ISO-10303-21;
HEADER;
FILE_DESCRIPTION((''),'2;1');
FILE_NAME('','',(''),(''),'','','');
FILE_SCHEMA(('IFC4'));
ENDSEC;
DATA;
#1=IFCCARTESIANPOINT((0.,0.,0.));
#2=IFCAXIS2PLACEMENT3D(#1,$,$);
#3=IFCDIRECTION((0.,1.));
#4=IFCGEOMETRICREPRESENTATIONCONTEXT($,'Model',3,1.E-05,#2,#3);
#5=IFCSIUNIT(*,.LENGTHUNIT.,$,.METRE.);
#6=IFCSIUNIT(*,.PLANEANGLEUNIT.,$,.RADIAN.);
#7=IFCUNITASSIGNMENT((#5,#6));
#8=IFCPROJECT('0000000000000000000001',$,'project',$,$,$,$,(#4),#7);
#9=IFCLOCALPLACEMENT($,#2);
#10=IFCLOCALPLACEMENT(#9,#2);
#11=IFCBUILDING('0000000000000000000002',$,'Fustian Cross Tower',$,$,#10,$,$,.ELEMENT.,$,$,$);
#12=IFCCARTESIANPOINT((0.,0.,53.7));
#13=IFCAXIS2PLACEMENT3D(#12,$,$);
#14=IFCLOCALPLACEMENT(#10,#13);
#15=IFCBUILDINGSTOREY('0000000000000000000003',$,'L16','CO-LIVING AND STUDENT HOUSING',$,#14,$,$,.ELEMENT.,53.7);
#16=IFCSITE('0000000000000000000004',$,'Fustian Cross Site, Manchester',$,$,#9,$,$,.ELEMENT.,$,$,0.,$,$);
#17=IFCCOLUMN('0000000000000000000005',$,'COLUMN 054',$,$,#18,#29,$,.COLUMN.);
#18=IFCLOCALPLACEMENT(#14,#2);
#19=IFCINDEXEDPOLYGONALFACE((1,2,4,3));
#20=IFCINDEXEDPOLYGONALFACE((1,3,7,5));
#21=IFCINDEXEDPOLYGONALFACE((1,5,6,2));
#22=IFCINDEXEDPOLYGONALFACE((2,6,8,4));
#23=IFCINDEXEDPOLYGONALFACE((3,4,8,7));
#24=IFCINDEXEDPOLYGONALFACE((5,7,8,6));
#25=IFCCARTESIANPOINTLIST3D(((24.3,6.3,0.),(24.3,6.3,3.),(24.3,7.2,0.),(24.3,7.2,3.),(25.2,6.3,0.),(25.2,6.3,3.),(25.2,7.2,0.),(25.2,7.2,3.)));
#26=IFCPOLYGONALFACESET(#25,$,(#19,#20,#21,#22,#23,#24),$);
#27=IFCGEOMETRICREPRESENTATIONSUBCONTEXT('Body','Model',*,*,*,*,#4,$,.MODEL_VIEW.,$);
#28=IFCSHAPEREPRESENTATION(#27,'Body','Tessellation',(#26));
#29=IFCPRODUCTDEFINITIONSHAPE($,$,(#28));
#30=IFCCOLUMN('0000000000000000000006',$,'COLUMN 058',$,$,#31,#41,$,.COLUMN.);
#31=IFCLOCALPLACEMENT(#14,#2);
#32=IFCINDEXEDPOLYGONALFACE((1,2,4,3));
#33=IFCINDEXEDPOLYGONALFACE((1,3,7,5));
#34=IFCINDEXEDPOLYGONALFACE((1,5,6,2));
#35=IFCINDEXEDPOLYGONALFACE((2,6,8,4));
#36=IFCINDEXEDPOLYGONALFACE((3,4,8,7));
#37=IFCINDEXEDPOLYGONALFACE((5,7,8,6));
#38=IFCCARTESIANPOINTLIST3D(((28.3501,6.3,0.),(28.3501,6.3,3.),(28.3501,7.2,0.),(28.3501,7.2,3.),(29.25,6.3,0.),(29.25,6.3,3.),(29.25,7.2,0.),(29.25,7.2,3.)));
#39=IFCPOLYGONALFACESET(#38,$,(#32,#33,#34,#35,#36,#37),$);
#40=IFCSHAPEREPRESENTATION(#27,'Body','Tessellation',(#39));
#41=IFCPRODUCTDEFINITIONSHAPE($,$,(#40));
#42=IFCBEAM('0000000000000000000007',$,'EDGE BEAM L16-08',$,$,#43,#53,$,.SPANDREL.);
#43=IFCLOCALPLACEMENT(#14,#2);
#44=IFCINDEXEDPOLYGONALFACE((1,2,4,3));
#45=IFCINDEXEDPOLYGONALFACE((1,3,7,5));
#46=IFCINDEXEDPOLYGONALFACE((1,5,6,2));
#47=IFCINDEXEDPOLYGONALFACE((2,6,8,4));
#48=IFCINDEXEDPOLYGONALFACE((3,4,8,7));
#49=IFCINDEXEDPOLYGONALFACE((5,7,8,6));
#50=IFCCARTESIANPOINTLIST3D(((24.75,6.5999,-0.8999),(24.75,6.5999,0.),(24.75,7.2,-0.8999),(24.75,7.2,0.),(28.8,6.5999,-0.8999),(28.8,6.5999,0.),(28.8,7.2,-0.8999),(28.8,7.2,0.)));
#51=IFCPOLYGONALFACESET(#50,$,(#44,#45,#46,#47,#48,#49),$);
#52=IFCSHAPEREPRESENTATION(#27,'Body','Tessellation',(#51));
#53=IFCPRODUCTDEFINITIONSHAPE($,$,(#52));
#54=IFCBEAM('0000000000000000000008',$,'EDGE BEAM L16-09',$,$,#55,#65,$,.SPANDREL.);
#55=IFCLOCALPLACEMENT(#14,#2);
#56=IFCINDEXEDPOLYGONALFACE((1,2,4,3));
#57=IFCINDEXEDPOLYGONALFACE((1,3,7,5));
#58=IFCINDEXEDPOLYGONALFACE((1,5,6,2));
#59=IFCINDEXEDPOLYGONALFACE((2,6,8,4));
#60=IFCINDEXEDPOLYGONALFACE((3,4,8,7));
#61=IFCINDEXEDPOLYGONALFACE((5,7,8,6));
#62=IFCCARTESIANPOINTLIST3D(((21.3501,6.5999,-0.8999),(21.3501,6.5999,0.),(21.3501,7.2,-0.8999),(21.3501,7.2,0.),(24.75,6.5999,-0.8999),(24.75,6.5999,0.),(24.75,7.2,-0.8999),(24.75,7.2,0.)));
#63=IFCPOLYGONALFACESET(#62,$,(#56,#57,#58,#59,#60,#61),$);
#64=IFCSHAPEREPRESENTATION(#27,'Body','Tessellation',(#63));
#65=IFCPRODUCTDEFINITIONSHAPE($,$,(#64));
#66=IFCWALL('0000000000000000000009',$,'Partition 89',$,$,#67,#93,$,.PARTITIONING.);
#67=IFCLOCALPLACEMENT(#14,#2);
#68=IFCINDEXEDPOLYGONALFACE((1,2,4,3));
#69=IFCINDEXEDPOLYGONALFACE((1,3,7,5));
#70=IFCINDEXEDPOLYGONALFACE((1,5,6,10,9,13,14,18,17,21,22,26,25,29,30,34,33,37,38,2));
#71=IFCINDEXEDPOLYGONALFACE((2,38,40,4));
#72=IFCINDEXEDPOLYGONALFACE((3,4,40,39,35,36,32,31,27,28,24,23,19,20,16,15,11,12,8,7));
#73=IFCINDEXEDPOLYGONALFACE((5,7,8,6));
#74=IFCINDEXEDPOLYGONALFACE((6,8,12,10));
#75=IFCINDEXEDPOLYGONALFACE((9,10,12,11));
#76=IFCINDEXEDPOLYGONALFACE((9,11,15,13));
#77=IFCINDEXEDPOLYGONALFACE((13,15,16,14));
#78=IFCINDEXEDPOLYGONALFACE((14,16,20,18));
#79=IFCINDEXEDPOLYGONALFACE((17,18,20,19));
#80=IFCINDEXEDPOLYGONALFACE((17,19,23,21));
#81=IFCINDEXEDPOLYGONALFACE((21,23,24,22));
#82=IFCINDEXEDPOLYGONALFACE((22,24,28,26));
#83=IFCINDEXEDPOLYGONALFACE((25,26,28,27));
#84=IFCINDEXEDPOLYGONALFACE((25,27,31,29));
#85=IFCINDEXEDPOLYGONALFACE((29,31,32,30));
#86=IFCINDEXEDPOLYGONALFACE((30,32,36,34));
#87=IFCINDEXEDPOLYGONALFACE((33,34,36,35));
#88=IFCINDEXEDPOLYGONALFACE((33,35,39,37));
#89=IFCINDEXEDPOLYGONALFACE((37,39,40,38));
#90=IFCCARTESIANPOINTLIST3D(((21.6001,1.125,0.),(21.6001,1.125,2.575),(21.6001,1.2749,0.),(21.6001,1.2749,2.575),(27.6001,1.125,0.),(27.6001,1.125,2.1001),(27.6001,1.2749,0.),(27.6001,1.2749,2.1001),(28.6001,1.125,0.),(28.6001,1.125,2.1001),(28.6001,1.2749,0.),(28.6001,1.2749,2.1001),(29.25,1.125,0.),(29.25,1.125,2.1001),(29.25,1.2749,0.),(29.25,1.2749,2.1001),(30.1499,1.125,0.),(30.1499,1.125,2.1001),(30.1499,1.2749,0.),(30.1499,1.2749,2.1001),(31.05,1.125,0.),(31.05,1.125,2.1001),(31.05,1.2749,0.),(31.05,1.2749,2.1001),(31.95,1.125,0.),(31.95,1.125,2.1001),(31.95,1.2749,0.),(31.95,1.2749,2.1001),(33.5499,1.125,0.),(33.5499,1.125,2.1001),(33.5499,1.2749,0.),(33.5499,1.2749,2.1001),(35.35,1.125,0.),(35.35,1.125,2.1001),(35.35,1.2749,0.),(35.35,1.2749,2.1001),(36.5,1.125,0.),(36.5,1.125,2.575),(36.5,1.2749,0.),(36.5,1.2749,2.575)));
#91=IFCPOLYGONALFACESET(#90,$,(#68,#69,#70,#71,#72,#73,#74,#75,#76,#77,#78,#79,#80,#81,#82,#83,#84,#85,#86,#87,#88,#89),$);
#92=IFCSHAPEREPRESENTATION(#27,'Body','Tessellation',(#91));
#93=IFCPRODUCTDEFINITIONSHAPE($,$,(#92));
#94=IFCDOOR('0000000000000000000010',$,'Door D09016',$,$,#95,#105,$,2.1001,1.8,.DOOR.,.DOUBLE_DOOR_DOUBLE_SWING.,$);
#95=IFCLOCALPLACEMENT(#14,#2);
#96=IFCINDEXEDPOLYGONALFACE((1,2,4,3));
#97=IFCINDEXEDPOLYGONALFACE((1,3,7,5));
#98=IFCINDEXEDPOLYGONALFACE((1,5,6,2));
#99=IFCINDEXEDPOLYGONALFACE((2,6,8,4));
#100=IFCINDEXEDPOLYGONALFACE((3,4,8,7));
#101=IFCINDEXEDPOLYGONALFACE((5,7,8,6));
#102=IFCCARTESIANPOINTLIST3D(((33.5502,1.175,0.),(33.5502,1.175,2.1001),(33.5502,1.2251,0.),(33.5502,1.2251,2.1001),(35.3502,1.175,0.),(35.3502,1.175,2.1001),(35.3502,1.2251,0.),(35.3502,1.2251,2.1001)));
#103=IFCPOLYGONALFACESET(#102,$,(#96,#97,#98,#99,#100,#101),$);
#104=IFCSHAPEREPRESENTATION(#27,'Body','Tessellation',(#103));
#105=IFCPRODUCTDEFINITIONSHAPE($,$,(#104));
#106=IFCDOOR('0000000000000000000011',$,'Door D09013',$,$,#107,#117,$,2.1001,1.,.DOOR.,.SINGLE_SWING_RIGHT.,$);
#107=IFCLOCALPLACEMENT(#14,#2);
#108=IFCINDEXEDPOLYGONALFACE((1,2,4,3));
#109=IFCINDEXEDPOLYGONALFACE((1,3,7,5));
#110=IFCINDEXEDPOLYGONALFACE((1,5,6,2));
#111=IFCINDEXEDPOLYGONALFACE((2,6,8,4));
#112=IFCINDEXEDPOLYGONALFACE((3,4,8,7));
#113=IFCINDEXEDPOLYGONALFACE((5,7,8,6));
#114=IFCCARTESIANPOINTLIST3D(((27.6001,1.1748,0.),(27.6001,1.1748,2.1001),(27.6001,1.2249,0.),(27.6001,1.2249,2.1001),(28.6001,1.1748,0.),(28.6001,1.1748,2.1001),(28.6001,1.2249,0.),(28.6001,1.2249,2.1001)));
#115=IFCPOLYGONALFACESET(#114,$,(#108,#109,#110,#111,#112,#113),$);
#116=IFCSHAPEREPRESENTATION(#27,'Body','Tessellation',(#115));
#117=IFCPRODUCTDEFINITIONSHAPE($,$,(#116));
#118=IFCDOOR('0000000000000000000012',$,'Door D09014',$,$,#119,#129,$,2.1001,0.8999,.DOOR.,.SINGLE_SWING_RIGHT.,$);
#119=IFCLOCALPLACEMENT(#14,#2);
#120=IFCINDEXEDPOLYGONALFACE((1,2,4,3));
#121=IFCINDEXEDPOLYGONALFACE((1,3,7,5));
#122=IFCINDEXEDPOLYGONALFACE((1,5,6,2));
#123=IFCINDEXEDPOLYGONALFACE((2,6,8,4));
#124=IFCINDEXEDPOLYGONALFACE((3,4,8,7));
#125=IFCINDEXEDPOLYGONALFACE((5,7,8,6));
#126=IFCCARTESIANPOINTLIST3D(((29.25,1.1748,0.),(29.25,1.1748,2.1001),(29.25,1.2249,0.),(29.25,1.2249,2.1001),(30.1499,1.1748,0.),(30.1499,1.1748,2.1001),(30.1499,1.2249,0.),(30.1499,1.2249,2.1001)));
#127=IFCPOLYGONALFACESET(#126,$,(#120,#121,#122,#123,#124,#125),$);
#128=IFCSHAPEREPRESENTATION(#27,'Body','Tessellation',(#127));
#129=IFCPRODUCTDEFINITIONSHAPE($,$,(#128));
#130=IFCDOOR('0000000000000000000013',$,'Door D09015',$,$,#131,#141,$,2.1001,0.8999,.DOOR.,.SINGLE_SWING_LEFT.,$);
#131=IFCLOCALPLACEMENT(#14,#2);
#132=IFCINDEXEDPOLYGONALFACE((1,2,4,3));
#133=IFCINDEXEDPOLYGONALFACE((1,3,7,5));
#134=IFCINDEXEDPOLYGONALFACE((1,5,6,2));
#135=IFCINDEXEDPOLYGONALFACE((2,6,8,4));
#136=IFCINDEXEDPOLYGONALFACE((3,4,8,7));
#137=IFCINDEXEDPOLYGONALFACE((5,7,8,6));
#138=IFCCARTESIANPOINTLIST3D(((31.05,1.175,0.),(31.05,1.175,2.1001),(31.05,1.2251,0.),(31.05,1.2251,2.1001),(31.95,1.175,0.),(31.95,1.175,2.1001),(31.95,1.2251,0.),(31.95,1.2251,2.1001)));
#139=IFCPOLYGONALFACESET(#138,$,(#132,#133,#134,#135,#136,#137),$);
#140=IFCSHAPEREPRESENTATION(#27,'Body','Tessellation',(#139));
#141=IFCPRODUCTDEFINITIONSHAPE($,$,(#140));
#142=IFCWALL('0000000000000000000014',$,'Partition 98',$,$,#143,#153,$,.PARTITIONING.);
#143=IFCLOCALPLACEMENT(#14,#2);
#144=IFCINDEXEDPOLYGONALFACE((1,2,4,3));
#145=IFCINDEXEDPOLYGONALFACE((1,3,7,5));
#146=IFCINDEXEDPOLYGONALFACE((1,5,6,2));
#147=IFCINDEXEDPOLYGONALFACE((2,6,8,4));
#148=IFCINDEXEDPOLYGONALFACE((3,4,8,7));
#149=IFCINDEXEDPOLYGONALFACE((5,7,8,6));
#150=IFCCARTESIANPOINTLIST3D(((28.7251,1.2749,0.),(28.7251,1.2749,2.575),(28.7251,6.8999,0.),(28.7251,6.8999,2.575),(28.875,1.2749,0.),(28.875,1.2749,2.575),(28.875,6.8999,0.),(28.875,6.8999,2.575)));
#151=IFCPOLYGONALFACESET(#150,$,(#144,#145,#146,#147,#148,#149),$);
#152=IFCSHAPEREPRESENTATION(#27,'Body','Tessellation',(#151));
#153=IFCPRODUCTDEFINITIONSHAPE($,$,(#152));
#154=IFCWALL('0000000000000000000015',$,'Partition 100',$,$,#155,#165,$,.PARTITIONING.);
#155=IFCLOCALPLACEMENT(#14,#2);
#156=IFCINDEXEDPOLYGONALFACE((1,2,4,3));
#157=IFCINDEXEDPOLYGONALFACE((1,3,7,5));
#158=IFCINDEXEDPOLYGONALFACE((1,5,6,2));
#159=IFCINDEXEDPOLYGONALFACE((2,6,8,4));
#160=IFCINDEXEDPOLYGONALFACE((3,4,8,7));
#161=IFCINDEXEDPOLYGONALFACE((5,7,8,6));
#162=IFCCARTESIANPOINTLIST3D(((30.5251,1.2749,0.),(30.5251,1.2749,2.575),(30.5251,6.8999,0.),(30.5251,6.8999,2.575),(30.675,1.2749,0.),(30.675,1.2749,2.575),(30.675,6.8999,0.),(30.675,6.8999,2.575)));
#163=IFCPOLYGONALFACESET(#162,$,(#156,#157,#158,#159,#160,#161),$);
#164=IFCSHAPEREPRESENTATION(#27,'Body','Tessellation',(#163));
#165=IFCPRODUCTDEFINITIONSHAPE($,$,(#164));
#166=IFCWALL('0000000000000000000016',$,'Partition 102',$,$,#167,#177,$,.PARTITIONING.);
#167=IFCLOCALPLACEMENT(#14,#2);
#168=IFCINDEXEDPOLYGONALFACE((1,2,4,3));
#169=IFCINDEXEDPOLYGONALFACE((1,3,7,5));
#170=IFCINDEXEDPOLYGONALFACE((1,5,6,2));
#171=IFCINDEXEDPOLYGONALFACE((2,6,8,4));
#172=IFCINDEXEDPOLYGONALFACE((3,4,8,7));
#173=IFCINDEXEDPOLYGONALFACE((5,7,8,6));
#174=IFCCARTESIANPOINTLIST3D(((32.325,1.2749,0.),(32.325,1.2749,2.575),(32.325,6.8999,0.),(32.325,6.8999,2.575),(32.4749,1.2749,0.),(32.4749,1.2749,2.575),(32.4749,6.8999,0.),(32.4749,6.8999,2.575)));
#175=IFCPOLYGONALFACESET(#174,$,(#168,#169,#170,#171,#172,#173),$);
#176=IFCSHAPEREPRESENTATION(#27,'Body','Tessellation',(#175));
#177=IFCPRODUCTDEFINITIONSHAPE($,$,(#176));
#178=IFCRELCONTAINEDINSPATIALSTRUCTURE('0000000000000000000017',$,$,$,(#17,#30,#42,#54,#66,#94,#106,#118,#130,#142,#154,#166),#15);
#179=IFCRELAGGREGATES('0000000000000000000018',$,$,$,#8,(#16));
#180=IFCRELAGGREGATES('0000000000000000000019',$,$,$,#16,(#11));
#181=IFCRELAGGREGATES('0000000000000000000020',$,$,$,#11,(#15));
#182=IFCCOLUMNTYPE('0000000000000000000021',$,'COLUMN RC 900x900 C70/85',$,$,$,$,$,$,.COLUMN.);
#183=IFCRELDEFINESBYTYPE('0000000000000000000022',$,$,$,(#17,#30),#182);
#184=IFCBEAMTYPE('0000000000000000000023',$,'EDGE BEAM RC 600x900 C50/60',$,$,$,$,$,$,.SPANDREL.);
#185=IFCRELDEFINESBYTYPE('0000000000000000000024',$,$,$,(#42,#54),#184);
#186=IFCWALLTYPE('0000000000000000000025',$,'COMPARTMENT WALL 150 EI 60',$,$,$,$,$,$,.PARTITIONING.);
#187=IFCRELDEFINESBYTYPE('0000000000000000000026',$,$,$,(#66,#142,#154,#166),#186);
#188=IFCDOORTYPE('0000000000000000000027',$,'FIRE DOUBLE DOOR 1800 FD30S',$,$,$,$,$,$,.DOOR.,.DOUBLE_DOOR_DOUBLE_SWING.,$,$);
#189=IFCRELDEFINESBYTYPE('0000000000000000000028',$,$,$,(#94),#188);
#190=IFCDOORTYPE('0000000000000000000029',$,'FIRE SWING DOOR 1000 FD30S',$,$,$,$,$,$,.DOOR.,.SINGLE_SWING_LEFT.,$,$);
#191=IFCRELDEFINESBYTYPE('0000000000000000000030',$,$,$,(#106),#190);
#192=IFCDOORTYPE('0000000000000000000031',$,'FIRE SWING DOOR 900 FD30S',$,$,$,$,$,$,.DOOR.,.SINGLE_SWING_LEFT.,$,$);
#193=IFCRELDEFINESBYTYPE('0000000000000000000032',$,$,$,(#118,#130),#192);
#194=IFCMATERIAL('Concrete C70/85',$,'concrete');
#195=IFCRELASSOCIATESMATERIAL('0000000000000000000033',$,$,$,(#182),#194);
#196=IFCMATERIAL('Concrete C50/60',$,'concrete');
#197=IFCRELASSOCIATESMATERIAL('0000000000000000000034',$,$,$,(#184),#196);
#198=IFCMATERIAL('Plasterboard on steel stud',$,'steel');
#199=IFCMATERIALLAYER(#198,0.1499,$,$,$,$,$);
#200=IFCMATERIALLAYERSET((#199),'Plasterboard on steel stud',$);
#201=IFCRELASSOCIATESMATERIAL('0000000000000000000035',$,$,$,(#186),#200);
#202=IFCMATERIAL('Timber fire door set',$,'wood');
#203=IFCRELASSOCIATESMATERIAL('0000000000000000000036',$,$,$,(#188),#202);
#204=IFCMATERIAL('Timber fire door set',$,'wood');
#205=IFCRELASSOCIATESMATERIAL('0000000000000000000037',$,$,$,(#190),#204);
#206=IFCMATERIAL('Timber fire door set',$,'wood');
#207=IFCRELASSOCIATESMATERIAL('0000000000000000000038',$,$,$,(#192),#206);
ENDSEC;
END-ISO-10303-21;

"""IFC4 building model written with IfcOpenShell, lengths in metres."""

from ifc_helpers import new_model, si_unit, direction, frame, frame_2d, origin, origin_2d, place, context, subcontext, project, spatial, rectangle, extrude, material, layer, layer_set, material_profile, profile_set, type_object, element, fill, save


model = new_model("IFC4")

# Units and contexts
model_context = context("Model", 3, precision=1e-05, world=origin(), true_north=direction((0.0, 1.0)))
body_context = subcontext(model_context, "Body", "Model", "MODEL_VIEW")
ifc_project = project(units=[si_unit("LENGTHUNIT", "METRE"), si_unit("PLANEANGLEUNIT", "RADIAN")], contexts=[model_context])

# Site, building, storey
site_placement = place(None, origin())
site = spatial("IfcSite", under=ifc_project, at=site_placement, Name="Fustian Cross Site, Manchester", CompositionType="ELEMENT", RefElevation=0.0)
building_placement = place(site_placement, origin())
building = spatial("IfcBuilding", under=site, at=building_placement, Name="Fustian Cross Tower", CompositionType="ELEMENT")
storey_placement = place(building_placement, frame((0.0, 0.0, 53.7)))
storey = spatial("IfcBuildingStorey", under=building, at=storey_placement, Name="L16", Description="CO-LIVING AND STUDENT HOUSING", CompositionType="ELEMENT", Elevation=53.7)

# Columns
ifc_material_1 = material(Name="Concrete C70/85", Category="concrete")
ifc_material_profile_1 = material_profile(ifc_material_1, rectangle(XDim=0.8999, YDim=0.8999, at=origin_2d()), Name="RC 900x900")
ifc_profile_set_1 = profile_set([ifc_material_profile_1], Name="Concrete C70/85")
column_type = type_object("IfcColumnType", Name="COLUMN RC 900x900 C70/85", PredefinedType="COLUMN", material=ifc_profile_set_1)
for number, where, z_axis, x_axis, name in (
    (1, (24.75, 6.75, 0.0), (0.0, 0.0, 1.0), (1.0, 0.0, 0.0), "COLUMN 054"),
    (2, (28.8, 6.75, 0.0), (0.0, 0.0, 1.0), (1.0, 0.0, 0.0), "COLUMN 058"),
):
    element("IfcColumn", number, at=place(storey_placement, frame(where, z_axis=z_axis, x_axis=x_axis)), inside=storey, type_object=column_type, Name=name, PredefinedType="COLUMN", context=body_context, shape_type="SweptSolid", body=[
        extrude(rectangle(XDim=0.8999, YDim=0.8999, at=origin_2d()), origin(), (0.0, 0.0, 1.0), 3.0),
    ])

# Beams
ifc_material_2 = material(Name="Concrete C50/60", Category="concrete")
ifc_material_profile_2 = material_profile(ifc_material_2, rectangle(XDim=0.6001, YDim=0.8999, at=origin_2d()), Name="RC 600x900")
ifc_profile_set_2 = profile_set([ifc_material_profile_2], Name="Concrete C50/60")
beam_type = type_object("IfcBeamType", Name="EDGE BEAM RC 600x900 C50/60", PredefinedType="SPANDREL", material=ifc_profile_set_2)
beam_1_placement = place(storey_placement, frame((28.8, 6.8999, -0.45), z_axis=(-1.0, 0.0, 0.0), x_axis=(0.0, -1.0, 0.0)))
element("IfcBeam", 3, at=beam_1_placement, inside=storey, type_object=beam_type, Name="EDGE BEAM L16-08", PredefinedType="SPANDREL", context=body_context, shape_type="SweptSolid", body=[
    extrude(rectangle(XDim=0.6001, YDim=0.8999, at=origin_2d()), origin(), (0.0, 0.0, 1.0), 4.05),
])
beam_2_placement = place(storey_placement, frame((24.75, 6.8999, -0.45), z_axis=(-1.0, 0.0, 0.0), x_axis=(0.0, -1.0, 0.0)))
element("IfcBeam", 4, at=beam_2_placement, inside=storey, type_object=beam_type, Name="EDGE BEAM L16-09", PredefinedType="SPANDREL", context=body_context, shape_type="SweptSolid", body=[
    extrude(rectangle(XDim=0.6001, YDim=0.8999, at=origin_2d()), origin(), (0.0, 0.0, 1.0), 3.3999),
])

# Wall, openings, doors
ifc_material_3 = material(Name="Plasterboard on steel stud", Category="steel")
ifc_layer_1 = layer(ifc_material_3, 0.1499)
ifc_layer_set_1 = layer_set([ifc_layer_1], Name="Plasterboard on steel stud")
wall_type_1 = type_object("IfcWallType", Name="COMPARTMENT WALL 150 EI 60", PredefinedType="PARTITIONING", material=ifc_layer_set_1)
wall_1_placement = place(storey_placement, frame((21.6001, 1.2, 0.0), z_axis=(0.0, 0.0, 1.0), x_axis=(1.0, 0.0, 0.0)))
wall_1 = element("IfcWall", 5, at=wall_1_placement, inside=storey, type_object=wall_type_1, Name="Partition 89", PredefinedType="PARTITIONING", context=body_context, shape_type="SweptSolid", body=[
    extrude(rectangle(XDim=14.8999, YDim=0.1499, at=frame_2d((7.45, 0.0))), origin(), (0.0, 0.0, 1.0), 2.575),
])
opening_1_placement = place(wall_1_placement, frame((6.0, 0.0, 0.0)))
opening_1 = element("IfcOpeningElement", 6, at=opening_1_placement, cuts=wall_1, PredefinedType="OPENING", context=body_context, shape_type="SweptSolid", body=[
    extrude(rectangle(XDim=1.0, YDim=2.1001, at=frame_2d((0.5, 1.05))), frame((0.0, 0.085, 0.0), z_axis=(0.0, -1.0, 0.0), x_axis=(1.0, 0.0, 0.0)), (0.0, 0.0, 1.0), 0.1699),
])
opening_2_placement = place(wall_1_placement, frame((7.6499, 0.0, 0.0)))
opening_2 = element("IfcOpeningElement", 7, at=opening_2_placement, cuts=wall_1, PredefinedType="OPENING", context=body_context, shape_type="SweptSolid", body=[
    extrude(rectangle(XDim=0.8999, YDim=2.1001, at=frame_2d((0.45, 1.05))), frame((0.0, 0.085, 0.0), z_axis=(0.0, -1.0, 0.0), x_axis=(1.0, 0.0, 0.0)), (0.0, 0.0, 1.0), 0.1699),
])
opening_3_placement = place(wall_1_placement, frame((9.45, 0.0, 0.0)))
opening_3 = element("IfcOpeningElement", 8, at=opening_3_placement, cuts=wall_1, PredefinedType="OPENING", context=body_context, shape_type="SweptSolid", body=[
    extrude(rectangle(XDim=0.8999, YDim=2.1001, at=frame_2d((0.45, 1.05))), frame((0.0, 0.085, 0.0), z_axis=(0.0, -1.0, 0.0), x_axis=(1.0, 0.0, 0.0)), (0.0, 0.0, 1.0), 0.1699),
])
opening_4_placement = place(wall_1_placement, frame((11.95, 0.0, 0.0)))
opening_4 = element("IfcOpeningElement", 9, at=opening_4_placement, cuts=wall_1, PredefinedType="OPENING", context=body_context, shape_type="SweptSolid", body=[
    extrude(rectangle(XDim=1.8, YDim=2.1001, at=frame_2d((0.8999, 1.05))), frame((0.0, 0.085, 0.0), z_axis=(0.0, -1.0, 0.0), x_axis=(1.0, 0.0, 0.0)), (0.0, 0.0, 1.0), 0.1699),
])
ifc_material_4 = material(Name="Timber fire door set", Category="wood")
door_type_1 = type_object("IfcDoorType", Name="FIRE DOUBLE DOOR 1800 FD30S", OperationType="DOUBLE_DOOR_DOUBLE_SWING", PredefinedType="DOOR", material=ifc_material_4)
door_1_placement = place(opening_4_placement, frame((1.8, 0.0, 0.0), z_axis=(0.0, 0.0, 1.0), x_axis=(-1.0, 0.0, 0.0)))
door_1 = element("IfcDoor", 10, at=door_1_placement, inside=storey, type_object=door_type_1, Name="Door D09016", OperationType="DOUBLE_DOOR_DOUBLE_SWING", OverallHeight=2.1001, OverallWidth=1.8, PredefinedType="DOOR", context=body_context, shape_type="SweptSolid", body=[
    extrude(rectangle(XDim=1.8, YDim=2.1001, at=frame_2d((0.8999, 1.05))), frame((0.0, 0.0249, 0.0), z_axis=(0.0, -1.0, 0.0), x_axis=(1.0, 0.0, 0.0)), (0.0, 0.0, 1.0), 0.05),
])
fill(opening_4, door_1)
ifc_material_5 = material(Name="Timber fire door set", Category="wood")
door_type_2 = type_object("IfcDoorType", Name="FIRE SWING DOOR 1000 FD30S", OperationType="SINGLE_SWING_LEFT", PredefinedType="DOOR", material=ifc_material_5)
door_2_placement = place(opening_1_placement, origin())
door_2 = element("IfcDoor", 11, at=door_2_placement, inside=storey, type_object=door_type_2, Name="Door D09013", OperationType="SINGLE_SWING_RIGHT", OverallHeight=2.1001, OverallWidth=1.0, PredefinedType="DOOR", context=body_context, shape_type="SweptSolid", body=[
    extrude(rectangle(XDim=1.0, YDim=2.1001, at=frame_2d((0.5, 1.05))), frame((0.0, 0.0249, 0.0), z_axis=(0.0, -1.0, 0.0), x_axis=(1.0, 0.0, 0.0)), (0.0, 0.0, 1.0), 0.05),
])
fill(opening_1, door_2)
ifc_material_6 = material(Name="Timber fire door set", Category="wood")
door_type_3 = type_object("IfcDoorType", Name="FIRE SWING DOOR 900 FD30S", OperationType="SINGLE_SWING_LEFT", PredefinedType="DOOR", material=ifc_material_6)
door_3_placement = place(opening_2_placement, origin())
door_3 = element("IfcDoor", 12, at=door_3_placement, inside=storey, type_object=door_type_3, Name="Door D09014", OperationType="SINGLE_SWING_RIGHT", OverallHeight=2.1001, OverallWidth=0.8999, PredefinedType="DOOR", context=body_context, shape_type="SweptSolid", body=[
    extrude(rectangle(XDim=0.8999, YDim=2.1001, at=frame_2d((0.45, 1.05))), frame((0.0, 0.0249, 0.0), z_axis=(0.0, -1.0, 0.0), x_axis=(1.0, 0.0, 0.0)), (0.0, 0.0, 1.0), 0.05),
])
fill(opening_2, door_3)
door_4_placement = place(opening_3_placement, frame((0.8999, 0.0, 0.0), z_axis=(0.0, 0.0, 1.0), x_axis=(-1.0, 0.0, 0.0)))
door_4 = element("IfcDoor", 13, at=door_4_placement, inside=storey, type_object=door_type_3, Name="Door D09015", OperationType="SINGLE_SWING_LEFT", OverallHeight=2.1001, OverallWidth=0.8999, PredefinedType="DOOR", context=body_context, shape_type="SweptSolid", body=[
    extrude(rectangle(XDim=0.8999, YDim=2.1001, at=frame_2d((0.45, 1.05))), frame((0.0, 0.0249, 0.0), z_axis=(0.0, -1.0, 0.0), x_axis=(1.0, 0.0, 0.0)), (0.0, 0.0, 1.0), 0.05),
])
fill(opening_3, door_4)

# Walls
for number, where, z_axis, x_axis, name in (
    (14, (28.8, 1.2749, 0.0), (0.0, 0.0, 1.0), (0.0, 1.0, 0.0), "Partition 98"),
    (15, (30.6001, 1.2749, 0.0), (0.0, 0.0, 1.0), (0.0, 1.0, 0.0), "Partition 100"),
    (16, (32.3999, 1.2749, 0.0), (0.0, 0.0, 1.0), (0.0, 1.0, 0.0), "Partition 102"),
):
    element("IfcWall", number, at=place(storey_placement, frame(where, z_axis=z_axis, x_axis=x_axis)), inside=storey, type_object=wall_type_1, Name=name, PredefinedType="PARTITIONING", context=body_context, shape_type="SweptSolid", body=[
        extrude(rectangle(XDim=5.625, YDim=0.1499, at=frame_2d((2.8125, 0.0))), origin(), (0.0, 0.0, 1.0), 2.575),
    ])

save(model, "model.ifc")
